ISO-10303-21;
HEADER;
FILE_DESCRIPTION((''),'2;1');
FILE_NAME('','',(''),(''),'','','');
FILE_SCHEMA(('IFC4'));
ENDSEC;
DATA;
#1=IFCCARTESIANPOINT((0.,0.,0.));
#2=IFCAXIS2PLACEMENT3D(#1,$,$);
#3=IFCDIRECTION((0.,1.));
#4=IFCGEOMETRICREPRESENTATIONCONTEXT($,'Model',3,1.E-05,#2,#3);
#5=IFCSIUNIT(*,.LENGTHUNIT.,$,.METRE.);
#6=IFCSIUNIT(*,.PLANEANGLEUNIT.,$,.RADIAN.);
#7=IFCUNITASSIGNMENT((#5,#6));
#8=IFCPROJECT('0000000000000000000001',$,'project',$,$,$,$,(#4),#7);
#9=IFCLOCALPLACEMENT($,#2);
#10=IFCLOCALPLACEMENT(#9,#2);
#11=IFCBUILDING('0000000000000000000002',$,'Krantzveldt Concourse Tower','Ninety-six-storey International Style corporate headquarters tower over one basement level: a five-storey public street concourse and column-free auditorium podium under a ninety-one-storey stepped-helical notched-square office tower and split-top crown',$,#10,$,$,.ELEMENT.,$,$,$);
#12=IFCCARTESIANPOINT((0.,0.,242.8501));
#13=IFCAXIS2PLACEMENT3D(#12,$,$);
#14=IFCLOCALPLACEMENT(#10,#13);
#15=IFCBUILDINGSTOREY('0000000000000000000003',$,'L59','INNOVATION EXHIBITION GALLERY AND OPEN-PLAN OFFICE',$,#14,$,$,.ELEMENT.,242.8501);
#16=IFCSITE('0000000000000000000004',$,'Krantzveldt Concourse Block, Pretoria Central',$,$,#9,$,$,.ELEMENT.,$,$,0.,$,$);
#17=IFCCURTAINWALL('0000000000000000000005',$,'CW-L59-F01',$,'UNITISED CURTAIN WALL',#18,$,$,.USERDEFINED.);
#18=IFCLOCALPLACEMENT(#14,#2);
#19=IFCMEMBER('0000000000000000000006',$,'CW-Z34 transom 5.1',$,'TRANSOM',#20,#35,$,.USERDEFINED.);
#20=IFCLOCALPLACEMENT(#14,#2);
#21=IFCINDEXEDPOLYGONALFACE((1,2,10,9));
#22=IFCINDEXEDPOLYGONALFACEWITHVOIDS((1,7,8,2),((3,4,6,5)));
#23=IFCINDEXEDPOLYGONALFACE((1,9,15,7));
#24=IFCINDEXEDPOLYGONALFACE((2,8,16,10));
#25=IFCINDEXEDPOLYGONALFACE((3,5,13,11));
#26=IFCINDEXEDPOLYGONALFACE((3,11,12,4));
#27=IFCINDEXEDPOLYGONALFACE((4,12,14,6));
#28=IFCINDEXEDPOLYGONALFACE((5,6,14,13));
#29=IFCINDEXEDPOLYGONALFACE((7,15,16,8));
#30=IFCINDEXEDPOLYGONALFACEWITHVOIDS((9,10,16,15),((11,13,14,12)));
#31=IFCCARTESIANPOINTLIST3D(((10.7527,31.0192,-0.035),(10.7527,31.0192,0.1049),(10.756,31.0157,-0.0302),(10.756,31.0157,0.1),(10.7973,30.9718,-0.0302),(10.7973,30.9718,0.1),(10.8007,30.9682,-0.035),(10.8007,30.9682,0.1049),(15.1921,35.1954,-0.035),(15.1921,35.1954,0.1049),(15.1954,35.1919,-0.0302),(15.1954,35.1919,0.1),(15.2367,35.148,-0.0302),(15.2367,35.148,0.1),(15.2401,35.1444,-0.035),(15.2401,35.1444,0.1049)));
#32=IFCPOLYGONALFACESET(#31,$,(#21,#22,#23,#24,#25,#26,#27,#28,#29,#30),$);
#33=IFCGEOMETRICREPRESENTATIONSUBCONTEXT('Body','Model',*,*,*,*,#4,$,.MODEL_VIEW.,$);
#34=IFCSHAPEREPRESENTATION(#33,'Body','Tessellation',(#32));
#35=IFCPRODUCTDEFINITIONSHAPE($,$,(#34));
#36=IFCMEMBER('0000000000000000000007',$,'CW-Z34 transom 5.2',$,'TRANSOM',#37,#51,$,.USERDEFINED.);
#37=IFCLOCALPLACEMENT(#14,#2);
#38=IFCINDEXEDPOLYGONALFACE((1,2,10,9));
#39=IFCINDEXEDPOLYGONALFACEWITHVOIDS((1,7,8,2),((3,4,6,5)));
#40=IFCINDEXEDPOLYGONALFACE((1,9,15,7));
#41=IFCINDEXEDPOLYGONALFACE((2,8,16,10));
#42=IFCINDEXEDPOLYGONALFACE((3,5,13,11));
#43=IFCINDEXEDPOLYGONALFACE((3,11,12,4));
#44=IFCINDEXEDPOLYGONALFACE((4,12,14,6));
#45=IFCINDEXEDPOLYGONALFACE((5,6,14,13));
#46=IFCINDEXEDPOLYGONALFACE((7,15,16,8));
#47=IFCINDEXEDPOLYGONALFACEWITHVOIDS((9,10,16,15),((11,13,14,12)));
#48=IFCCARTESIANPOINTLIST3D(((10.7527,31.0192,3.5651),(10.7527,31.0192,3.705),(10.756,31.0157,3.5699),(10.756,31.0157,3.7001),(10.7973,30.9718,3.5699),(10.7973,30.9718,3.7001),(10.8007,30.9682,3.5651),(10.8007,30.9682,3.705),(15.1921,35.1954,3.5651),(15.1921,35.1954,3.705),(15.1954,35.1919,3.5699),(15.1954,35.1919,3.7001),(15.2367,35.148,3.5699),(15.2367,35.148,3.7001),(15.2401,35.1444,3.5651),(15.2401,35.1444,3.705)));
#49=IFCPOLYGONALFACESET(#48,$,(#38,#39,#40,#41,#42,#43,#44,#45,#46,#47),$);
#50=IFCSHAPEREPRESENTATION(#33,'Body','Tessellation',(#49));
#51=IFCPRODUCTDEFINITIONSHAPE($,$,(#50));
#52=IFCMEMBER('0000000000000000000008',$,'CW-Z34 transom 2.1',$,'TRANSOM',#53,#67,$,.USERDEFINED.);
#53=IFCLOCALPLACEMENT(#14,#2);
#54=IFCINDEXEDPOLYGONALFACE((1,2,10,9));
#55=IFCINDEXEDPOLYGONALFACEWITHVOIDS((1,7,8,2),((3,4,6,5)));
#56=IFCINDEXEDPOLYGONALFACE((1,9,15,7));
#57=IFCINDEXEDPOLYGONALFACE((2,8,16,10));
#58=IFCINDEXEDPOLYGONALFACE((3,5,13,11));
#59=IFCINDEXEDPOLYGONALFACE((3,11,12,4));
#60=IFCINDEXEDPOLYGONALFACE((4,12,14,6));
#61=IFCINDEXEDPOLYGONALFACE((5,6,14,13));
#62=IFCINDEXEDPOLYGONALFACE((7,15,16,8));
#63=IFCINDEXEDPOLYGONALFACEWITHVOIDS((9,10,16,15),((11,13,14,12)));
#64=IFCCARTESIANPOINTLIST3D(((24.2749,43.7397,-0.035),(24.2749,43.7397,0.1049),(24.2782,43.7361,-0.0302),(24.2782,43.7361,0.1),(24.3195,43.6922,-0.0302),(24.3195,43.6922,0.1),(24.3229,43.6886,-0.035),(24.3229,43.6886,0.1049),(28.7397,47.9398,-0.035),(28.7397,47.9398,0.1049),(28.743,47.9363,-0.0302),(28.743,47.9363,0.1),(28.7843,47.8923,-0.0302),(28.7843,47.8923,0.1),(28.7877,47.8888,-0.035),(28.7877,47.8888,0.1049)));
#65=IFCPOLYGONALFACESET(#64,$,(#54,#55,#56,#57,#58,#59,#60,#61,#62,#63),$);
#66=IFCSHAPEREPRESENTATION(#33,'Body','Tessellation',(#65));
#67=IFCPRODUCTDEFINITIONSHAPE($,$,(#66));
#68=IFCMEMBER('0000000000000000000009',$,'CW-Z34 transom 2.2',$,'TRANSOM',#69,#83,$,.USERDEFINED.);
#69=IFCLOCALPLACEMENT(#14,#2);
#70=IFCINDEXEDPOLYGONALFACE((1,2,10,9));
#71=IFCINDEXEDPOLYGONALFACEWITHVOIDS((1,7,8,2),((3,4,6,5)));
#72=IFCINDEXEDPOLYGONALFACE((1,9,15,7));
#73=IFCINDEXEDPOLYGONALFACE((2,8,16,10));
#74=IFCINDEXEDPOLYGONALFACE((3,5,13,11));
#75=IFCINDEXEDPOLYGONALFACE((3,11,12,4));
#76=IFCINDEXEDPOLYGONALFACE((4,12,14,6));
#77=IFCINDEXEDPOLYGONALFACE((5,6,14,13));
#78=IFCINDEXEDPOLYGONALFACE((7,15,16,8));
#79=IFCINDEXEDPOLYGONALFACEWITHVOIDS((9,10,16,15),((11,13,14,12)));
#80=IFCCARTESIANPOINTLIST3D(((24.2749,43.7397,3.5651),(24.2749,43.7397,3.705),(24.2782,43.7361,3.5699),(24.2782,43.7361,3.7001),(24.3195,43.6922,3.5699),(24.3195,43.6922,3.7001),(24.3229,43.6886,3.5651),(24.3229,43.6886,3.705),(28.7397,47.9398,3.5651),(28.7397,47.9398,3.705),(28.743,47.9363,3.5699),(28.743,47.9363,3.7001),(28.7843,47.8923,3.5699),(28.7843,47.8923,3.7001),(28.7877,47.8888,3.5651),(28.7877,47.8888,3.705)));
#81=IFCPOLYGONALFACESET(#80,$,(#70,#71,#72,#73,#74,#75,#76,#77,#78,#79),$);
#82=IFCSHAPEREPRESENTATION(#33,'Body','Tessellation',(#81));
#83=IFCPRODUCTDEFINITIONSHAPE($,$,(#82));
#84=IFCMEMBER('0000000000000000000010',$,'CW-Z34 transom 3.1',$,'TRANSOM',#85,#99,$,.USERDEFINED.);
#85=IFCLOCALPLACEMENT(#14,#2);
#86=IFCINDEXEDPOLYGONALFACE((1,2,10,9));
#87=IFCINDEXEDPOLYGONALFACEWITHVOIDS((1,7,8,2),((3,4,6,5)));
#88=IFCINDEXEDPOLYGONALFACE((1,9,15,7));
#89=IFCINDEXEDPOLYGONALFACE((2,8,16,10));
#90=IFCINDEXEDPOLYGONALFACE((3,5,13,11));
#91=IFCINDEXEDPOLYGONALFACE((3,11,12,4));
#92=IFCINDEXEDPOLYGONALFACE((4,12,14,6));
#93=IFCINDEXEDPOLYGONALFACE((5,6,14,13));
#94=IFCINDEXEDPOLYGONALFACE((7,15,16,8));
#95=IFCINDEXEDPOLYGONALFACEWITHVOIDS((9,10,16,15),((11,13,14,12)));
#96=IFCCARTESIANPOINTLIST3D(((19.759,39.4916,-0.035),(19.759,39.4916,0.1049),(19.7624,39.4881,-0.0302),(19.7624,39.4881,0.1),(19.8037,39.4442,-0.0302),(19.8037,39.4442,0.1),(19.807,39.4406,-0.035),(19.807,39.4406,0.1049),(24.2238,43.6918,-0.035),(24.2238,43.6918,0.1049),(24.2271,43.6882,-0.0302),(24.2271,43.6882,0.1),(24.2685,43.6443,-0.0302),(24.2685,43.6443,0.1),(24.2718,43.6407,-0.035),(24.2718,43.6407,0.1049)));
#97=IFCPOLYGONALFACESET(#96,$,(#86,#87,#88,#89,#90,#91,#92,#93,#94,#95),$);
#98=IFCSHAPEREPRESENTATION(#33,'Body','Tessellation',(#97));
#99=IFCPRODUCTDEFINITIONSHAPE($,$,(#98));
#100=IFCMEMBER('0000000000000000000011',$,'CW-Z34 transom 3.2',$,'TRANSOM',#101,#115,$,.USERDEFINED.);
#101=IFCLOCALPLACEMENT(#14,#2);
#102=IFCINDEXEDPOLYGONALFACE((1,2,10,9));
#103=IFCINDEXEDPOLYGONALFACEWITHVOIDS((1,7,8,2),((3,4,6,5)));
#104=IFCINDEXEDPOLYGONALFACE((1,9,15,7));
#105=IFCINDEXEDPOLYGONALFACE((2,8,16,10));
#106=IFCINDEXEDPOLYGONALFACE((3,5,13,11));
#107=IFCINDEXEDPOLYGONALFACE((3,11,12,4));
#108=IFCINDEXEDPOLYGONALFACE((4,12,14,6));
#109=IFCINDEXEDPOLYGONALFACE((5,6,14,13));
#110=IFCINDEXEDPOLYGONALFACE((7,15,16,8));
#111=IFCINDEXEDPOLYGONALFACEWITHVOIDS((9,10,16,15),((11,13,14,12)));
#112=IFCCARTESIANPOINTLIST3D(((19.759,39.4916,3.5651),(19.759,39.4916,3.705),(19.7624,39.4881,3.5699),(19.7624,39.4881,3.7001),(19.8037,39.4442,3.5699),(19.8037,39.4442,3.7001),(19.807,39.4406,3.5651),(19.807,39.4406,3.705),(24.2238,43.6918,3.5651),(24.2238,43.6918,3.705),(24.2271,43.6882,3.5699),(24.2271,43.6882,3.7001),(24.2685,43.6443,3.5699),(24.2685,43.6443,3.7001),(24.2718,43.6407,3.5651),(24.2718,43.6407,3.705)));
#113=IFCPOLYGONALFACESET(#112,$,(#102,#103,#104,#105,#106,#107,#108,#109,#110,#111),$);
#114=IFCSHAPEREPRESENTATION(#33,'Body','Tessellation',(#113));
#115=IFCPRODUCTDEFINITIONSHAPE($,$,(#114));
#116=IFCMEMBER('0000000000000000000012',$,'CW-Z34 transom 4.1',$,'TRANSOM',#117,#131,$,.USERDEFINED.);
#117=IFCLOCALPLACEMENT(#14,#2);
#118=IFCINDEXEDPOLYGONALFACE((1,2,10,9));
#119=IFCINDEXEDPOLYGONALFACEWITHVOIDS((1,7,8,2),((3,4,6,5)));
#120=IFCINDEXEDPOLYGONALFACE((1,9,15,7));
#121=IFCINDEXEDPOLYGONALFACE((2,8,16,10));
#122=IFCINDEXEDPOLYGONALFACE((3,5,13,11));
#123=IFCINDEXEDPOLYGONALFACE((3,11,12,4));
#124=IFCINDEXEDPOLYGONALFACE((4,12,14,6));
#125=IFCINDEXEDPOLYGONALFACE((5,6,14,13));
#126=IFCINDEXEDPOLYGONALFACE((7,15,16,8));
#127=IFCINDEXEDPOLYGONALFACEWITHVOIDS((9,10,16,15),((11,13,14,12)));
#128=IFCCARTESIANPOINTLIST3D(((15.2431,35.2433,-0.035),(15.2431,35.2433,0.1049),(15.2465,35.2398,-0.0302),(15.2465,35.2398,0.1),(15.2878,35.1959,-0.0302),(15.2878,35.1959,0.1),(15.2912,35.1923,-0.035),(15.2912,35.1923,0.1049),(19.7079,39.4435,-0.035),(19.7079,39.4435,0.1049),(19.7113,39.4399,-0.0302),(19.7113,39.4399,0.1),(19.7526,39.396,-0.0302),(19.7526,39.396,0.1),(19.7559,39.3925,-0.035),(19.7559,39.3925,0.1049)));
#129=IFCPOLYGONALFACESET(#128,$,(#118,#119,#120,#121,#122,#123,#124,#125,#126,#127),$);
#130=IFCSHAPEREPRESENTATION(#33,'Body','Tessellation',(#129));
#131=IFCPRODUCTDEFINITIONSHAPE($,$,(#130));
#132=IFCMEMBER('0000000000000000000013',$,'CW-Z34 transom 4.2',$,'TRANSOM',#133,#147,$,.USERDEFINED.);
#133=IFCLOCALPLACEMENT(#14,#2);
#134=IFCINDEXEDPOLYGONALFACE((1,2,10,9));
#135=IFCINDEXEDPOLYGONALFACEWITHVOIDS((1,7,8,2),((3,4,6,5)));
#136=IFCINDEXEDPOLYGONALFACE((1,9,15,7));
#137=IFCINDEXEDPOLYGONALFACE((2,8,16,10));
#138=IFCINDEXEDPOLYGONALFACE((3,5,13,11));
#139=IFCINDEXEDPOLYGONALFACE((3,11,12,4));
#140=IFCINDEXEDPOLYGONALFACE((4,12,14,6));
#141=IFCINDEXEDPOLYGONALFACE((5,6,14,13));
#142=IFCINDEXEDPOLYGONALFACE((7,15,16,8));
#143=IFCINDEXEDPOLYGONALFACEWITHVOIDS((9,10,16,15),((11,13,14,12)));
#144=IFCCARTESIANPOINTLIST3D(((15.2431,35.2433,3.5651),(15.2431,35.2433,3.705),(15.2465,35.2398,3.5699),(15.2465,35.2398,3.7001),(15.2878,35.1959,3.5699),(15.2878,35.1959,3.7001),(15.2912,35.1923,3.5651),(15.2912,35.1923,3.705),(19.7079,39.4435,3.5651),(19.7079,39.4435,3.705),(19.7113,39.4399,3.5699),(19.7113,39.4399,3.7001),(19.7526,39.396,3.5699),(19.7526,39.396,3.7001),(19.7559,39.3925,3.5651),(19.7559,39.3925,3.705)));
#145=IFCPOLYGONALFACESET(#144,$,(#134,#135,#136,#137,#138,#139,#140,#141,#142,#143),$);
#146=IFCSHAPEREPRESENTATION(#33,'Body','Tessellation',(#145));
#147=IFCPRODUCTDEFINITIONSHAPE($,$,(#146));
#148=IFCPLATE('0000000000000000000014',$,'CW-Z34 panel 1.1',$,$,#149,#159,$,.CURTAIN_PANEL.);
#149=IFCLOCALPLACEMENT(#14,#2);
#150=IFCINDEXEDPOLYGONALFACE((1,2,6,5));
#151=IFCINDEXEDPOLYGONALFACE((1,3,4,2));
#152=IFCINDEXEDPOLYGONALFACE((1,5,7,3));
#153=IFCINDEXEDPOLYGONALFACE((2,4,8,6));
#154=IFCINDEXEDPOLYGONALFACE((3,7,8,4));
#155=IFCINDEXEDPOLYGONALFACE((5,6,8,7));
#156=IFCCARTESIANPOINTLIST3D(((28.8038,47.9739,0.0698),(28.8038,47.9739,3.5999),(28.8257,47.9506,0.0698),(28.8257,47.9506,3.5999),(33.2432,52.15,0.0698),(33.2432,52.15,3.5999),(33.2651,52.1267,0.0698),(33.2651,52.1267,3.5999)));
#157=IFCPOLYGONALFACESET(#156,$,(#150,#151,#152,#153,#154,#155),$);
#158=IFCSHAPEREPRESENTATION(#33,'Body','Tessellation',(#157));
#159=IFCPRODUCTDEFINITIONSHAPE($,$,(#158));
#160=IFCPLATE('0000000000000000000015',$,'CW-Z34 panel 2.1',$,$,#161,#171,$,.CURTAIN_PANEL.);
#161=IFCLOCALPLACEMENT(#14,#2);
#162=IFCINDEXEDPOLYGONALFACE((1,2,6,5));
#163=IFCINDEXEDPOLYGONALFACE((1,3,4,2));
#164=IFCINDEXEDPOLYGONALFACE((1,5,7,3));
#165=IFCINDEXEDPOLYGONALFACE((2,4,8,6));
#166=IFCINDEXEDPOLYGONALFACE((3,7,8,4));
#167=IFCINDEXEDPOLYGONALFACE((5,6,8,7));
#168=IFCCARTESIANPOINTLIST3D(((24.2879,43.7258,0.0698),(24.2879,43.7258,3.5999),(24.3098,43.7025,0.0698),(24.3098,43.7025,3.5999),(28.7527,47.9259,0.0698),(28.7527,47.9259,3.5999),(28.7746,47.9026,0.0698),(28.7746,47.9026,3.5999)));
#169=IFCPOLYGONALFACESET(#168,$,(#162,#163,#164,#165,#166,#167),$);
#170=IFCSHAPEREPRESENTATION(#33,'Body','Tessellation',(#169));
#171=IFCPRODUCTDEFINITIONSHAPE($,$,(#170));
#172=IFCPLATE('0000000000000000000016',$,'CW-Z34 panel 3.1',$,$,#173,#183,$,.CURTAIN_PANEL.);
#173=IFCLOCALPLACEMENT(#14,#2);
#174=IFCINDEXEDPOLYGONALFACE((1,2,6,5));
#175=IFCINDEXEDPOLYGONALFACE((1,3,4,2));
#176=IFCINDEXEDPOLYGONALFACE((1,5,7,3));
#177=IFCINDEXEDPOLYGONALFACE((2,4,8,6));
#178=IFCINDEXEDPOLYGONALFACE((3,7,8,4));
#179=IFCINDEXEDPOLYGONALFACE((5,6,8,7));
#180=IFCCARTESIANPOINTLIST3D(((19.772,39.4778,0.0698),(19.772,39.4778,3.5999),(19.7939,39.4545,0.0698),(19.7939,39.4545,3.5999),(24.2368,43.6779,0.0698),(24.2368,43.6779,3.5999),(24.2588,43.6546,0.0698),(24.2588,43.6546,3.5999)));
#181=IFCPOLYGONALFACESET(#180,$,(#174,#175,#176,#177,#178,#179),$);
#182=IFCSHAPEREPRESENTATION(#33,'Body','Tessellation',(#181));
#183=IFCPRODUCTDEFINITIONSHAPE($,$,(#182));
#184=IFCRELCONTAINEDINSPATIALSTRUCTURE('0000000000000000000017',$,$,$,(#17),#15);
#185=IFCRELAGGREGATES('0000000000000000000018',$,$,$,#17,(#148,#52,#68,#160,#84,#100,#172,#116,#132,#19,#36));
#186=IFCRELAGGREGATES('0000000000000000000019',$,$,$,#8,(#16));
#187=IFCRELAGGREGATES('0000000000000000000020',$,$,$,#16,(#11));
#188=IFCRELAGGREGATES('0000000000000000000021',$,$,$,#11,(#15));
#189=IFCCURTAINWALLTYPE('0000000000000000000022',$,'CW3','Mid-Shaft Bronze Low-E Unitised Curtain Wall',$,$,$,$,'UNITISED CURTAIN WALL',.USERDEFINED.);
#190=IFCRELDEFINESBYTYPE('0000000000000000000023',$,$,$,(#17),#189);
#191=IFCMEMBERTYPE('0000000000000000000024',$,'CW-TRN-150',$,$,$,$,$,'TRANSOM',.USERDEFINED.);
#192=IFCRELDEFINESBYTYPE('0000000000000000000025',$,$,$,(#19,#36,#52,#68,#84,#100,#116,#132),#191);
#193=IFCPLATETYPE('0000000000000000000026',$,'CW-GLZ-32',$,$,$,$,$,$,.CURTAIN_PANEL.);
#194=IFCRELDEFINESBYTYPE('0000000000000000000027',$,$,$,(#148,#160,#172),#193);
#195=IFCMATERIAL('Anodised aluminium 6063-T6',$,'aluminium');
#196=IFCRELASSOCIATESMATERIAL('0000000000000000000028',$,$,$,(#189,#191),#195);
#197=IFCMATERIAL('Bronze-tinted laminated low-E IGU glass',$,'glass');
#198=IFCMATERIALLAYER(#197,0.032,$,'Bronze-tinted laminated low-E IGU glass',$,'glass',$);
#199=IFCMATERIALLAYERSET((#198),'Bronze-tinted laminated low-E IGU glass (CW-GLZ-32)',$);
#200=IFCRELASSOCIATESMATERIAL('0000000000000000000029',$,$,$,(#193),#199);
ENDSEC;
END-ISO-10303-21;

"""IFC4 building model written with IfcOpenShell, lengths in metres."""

from ifc_helpers import new_model, si_unit, direction, frame, origin, origin_2d, place, context, subcontext, project, spatial, rectangle, hollow_rectangle, extrude, source, transform, mapped, material, layer, layer_set, material_profile, profile_set, type_object, type_shapes, element, aggregate, save


model = new_model("IFC4")

# Units and contexts
model_context = context("Model", 3, precision=1e-05, world=origin(), true_north=direction((0.0, 1.0)))
body_context = subcontext(model_context, "Body", "Model", "MODEL_VIEW")
ifc_project = project(units=[si_unit("LENGTHUNIT", "METRE"), si_unit("PLANEANGLEUNIT", "RADIAN")], contexts=[model_context])

# Site, building, storey
site_placement = place(None, origin())
site = spatial("IfcSite", under=ifc_project, at=site_placement, Name="Krantzveldt Concourse Block, Pretoria Central", CompositionType="ELEMENT", RefElevation=0.0)
building_placement = place(site_placement, origin())
building = spatial("IfcBuilding", under=site, at=building_placement, Name="Krantzveldt Concourse Tower", Description="Ninety-six-storey International Style corporate headquarters tower over one basement level: a five-storey public street concourse and column-free auditorium podium under a ninety-one-storey stepped-helical notched-square office tower and split-top crown", CompositionType="ELEMENT")
storey_placement = place(building_placement, frame((0.0, 0.0, 242.8501)))
storey = spatial("IfcBuildingStorey", under=building, at=storey_placement, Name="L59", Description="INNOVATION EXHIBITION GALLERY AND OPEN-PLAN OFFICE", CompositionType="ELEMENT", Elevation=242.8501)

# Curtain wall, members, plates
ifc_material_1 = material(Name="Anodised aluminium 6063-T6", Category="aluminium")
curtain_wall_type = type_object("IfcCurtainWallType", Name="CW3", Description="Mid-Shaft Bronze Low-E Unitised Curtain Wall", ElementType="UNITISED CURTAIN WALL", PredefinedType="USERDEFINED", material=ifc_material_1)
curtain_wall_placement = place(storey_placement, origin())
curtain_wall = element("IfcCurtainWall", 1, at=curtain_wall_placement, inside=storey, type_object=curtain_wall_type, Name="CW-L59-F01", ObjectType="UNITISED CURTAIN WALL", PredefinedType="USERDEFINED")
ifc_material_profile_1 = material_profile(ifc_material_1, hollow_rectangle(XDim=0.0701, YDim=0.1399, WallThickness=0.0049, at=origin_2d()), Name="Anodised aluminium 6063-T6", Category="aluminium")
ifc_profile_set_1 = profile_set([ifc_material_profile_1], Name="Anodised aluminium 6063-T6 - ALU-TRAN 140x70x5")
member_type_1 = type_object("IfcMemberType", Name="CW-TRN-150", ElementType="TRANSOM", PredefinedType="USERDEFINED", material=ifc_profile_set_1)
shared_shape_1 = source(origin(), body_context, "Body", "SweptSolid", [
    extrude(hollow_rectangle(XDim=0.0701, YDim=0.1399, WallThickness=0.0049, at=origin_2d()), origin(), (0.0, 0.0, 1.0), 6.095),
])
member_1_placement = place(storey_placement, frame((15.2161, 35.1699, 0.0349), z_axis=(-0.728367, -0.685187, 0.0), x_axis=(0.685187, -0.728367, 0.0)))
member_1 = element("IfcMember", 2, at=member_1_placement, type_object=member_type_1, Name="CW-Z34 transom 5.1", ObjectType="TRANSOM", PredefinedType="USERDEFINED", context=body_context, shape_type="MappedRepresentation", body=[
    mapped(shared_shape_1, transform((0.0, 0.0, 0.0), x_axis=(1.0, 0.0, 0.0), y_axis=(0.0, 1.0, 0.0), z_axis=(0.0, 0.0, 1.0), scale=1.0)),
])
member_2_placement = place(storey_placement, frame((15.2161, 35.1699, 3.635), z_axis=(-0.728367, -0.685187, 0.0), x_axis=(0.685187, -0.728367, 0.0)))
member_2 = element("IfcMember", 3, at=member_2_placement, type_object=member_type_1, Name="CW-Z34 transom 5.2", ObjectType="TRANSOM", PredefinedType="USERDEFINED", context=body_context, shape_type="MappedRepresentation", body=[
    mapped(shared_shape_1, transform((0.0, 0.0, 0.0), x_axis=(1.0, 0.0, 0.0), y_axis=(0.0, 1.0, 0.0), z_axis=(0.0, 0.0, 1.0), scale=1.0)),
])
shared_shape_2 = source(origin(), body_context, "Body", "SweptSolid", [
    extrude(hollow_rectangle(XDim=0.0701, YDim=0.1399, WallThickness=0.0049, at=origin_2d()), origin(), (0.0, 0.0, 1.0), 6.1299),
])
type_shapes(member_type_1, [shared_shape_1, shared_shape_2])
member_3_placement = place(storey_placement, frame((28.7637, 47.9143, 0.0349), z_axis=(-0.728364, -0.685191, 0.0), x_axis=(0.685191, -0.728364, 0.0)))
member_3 = element("IfcMember", 4, at=member_3_placement, type_object=member_type_1, Name="CW-Z34 transom 2.1", ObjectType="TRANSOM", PredefinedType="USERDEFINED", context=body_context, shape_type="MappedRepresentation", body=[
    mapped(shared_shape_2, transform((0.0, 0.0, 0.0), x_axis=(1.0, 0.0, 0.0), y_axis=(0.0, 1.0, 0.0), z_axis=(0.0, 0.0, 1.0), scale=1.0)),
])
member_4_placement = place(storey_placement, frame((28.7637, 47.9143, 3.635), z_axis=(-0.728364, -0.685191, 0.0), x_axis=(0.685191, -0.728364, 0.0)))
member_4 = element("IfcMember", 5, at=member_4_placement, type_object=member_type_1, Name="CW-Z34 transom 2.2", ObjectType="TRANSOM", PredefinedType="USERDEFINED", context=body_context, shape_type="MappedRepresentation", body=[
    mapped(shared_shape_2, transform((0.0, 0.0, 0.0), x_axis=(1.0, 0.0, 0.0), y_axis=(0.0, 1.0, 0.0), z_axis=(0.0, 0.0, 1.0), scale=1.0)),
])
member_5_placement = place(storey_placement, frame((24.2478, 43.6663, 0.0349), z_axis=(-0.728364, -0.685191, 0.0), x_axis=(0.685191, -0.728364, 0.0)))
member_5 = element("IfcMember", 6, at=member_5_placement, type_object=member_type_1, Name="CW-Z34 transom 3.1", ObjectType="TRANSOM", PredefinedType="USERDEFINED", context=body_context, shape_type="MappedRepresentation", body=[
    mapped(shared_shape_2, transform((0.0, 0.0, 0.0), x_axis=(1.0, 0.0, 0.0), y_axis=(0.0, 1.0, 0.0), z_axis=(0.0, 0.0, 1.0), scale=1.0)),
])
member_6_placement = place(storey_placement, frame((24.2478, 43.6663, 3.635), z_axis=(-0.728364, -0.685191, 0.0), x_axis=(0.685191, -0.728364, 0.0)))
member_6 = element("IfcMember", 7, at=member_6_placement, type_object=member_type_1, Name="CW-Z34 transom 3.2", ObjectType="TRANSOM", PredefinedType="USERDEFINED", context=body_context, shape_type="MappedRepresentation", body=[
    mapped(shared_shape_2, transform((0.0, 0.0, 0.0), x_axis=(1.0, 0.0, 0.0), y_axis=(0.0, 1.0, 0.0), z_axis=(0.0, 0.0, 1.0), scale=1.0)),
])
member_7_placement = place(storey_placement, frame((19.7319, 39.418, 0.0349), z_axis=(-0.728364, -0.685191, 0.0), x_axis=(0.685191, -0.728364, 0.0)))
member_7 = element("IfcMember", 8, at=member_7_placement, type_object=member_type_1, Name="CW-Z34 transom 4.1", ObjectType="TRANSOM", PredefinedType="USERDEFINED", context=body_context, shape_type="MappedRepresentation", body=[
    mapped(shared_shape_2, transform((0.0, 0.0, 0.0), x_axis=(1.0, 0.0, 0.0), y_axis=(0.0, 1.0, 0.0), z_axis=(0.0, 0.0, 1.0), scale=1.0)),
])
member_8_placement = place(storey_placement, frame((19.7319, 39.418, 3.635), z_axis=(-0.728364, -0.685191, 0.0), x_axis=(0.685191, -0.728364, 0.0)))
member_8 = element("IfcMember", 9, at=member_8_placement, type_object=member_type_1, Name="CW-Z34 transom 4.2", ObjectType="TRANSOM", PredefinedType="USERDEFINED", context=body_context, shape_type="MappedRepresentation", body=[
    mapped(shared_shape_2, transform((0.0, 0.0, 0.0), x_axis=(1.0, 0.0, 0.0), y_axis=(0.0, 1.0, 0.0), z_axis=(0.0, 0.0, 1.0), scale=1.0)),
])
ifc_material_2 = material(Name="Bronze-tinted laminated low-E IGU glass", Category="glass")
ifc_layer_1 = layer(ifc_material_2, 0.032, Name="Bronze-tinted laminated low-E IGU glass", Category="glass")
ifc_layer_set_1 = layer_set([ifc_layer_1], Name="Bronze-tinted laminated low-E IGU glass (CW-GLZ-32)")
plate_type = type_object("IfcPlateType", Name="CW-GLZ-32", PredefinedType="CURTAIN_PANEL", material=ifc_layer_set_1)
shared_shape_3 = source(origin(), body_context, "Body", "SweptSolid", [
    extrude(rectangle(XDim=6.095, YDim=0.032, at=origin_2d()), origin(), (0.0, 0.0, 1.0), 3.53),
])
plate_1_placement = place(storey_placement, frame((31.0344, 50.0503, 0.0698), z_axis=(0.0, 0.0, 1.0), x_axis=(-0.728371, -0.685183, 0.0)))
plate_1 = element("IfcPlate", 10, at=plate_1_placement, type_object=plate_type, Name="CW-Z34 panel 1.1", PredefinedType="CURTAIN_PANEL", context=body_context, shape_type="MappedRepresentation", body=[
    mapped(shared_shape_3, transform((0.0, 0.0, 0.0), x_axis=(1.0, 0.0, 0.0), y_axis=(0.0, 1.0, 0.0), z_axis=(0.0, 0.0, 1.0), scale=1.0)),
])
shared_shape_4 = source(origin(), body_context, "Body", "SweptSolid", [
    extrude(rectangle(XDim=6.1299, YDim=0.032, at=origin_2d()), origin(), (0.0, 0.0, 1.0), 3.53),
])
type_shapes(plate_type, [shared_shape_3, shared_shape_4])
plate_2_placement = place(storey_placement, frame((26.5312, 45.8142, 0.0698), z_axis=(0.0, 0.0, 1.0), x_axis=(-0.728371, -0.685183, 0.0)))
plate_2 = element("IfcPlate", 11, at=plate_2_placement, type_object=plate_type, Name="CW-Z34 panel 2.1", PredefinedType="CURTAIN_PANEL", context=body_context, shape_type="MappedRepresentation", body=[
    mapped(shared_shape_4, transform((0.0, 0.0, 0.0), x_axis=(1.0, 0.0, 0.0), y_axis=(0.0, 1.0, 0.0), z_axis=(0.0, 0.0, 1.0), scale=1.0)),
])
plate_3_placement = place(storey_placement, frame((22.0154, 41.5662, 0.0698), z_axis=(0.0, 0.0, 1.0), x_axis=(-0.728371, -0.685183, 0.0)))
plate_3 = element("IfcPlate", 12, at=plate_3_placement, type_object=plate_type, Name="CW-Z34 panel 3.1", PredefinedType="CURTAIN_PANEL", context=body_context, shape_type="MappedRepresentation", body=[
    mapped(shared_shape_4, transform((0.0, 0.0, 0.0), x_axis=(1.0, 0.0, 0.0), y_axis=(0.0, 1.0, 0.0), z_axis=(0.0, 0.0, 1.0), scale=1.0)),
])
aggregate(curtain_wall, [plate_1, member_3, member_4, plate_2, member_5, member_6, plate_3, member_7, member_8, member_1, member_2])

save(model, "model.ifc")
